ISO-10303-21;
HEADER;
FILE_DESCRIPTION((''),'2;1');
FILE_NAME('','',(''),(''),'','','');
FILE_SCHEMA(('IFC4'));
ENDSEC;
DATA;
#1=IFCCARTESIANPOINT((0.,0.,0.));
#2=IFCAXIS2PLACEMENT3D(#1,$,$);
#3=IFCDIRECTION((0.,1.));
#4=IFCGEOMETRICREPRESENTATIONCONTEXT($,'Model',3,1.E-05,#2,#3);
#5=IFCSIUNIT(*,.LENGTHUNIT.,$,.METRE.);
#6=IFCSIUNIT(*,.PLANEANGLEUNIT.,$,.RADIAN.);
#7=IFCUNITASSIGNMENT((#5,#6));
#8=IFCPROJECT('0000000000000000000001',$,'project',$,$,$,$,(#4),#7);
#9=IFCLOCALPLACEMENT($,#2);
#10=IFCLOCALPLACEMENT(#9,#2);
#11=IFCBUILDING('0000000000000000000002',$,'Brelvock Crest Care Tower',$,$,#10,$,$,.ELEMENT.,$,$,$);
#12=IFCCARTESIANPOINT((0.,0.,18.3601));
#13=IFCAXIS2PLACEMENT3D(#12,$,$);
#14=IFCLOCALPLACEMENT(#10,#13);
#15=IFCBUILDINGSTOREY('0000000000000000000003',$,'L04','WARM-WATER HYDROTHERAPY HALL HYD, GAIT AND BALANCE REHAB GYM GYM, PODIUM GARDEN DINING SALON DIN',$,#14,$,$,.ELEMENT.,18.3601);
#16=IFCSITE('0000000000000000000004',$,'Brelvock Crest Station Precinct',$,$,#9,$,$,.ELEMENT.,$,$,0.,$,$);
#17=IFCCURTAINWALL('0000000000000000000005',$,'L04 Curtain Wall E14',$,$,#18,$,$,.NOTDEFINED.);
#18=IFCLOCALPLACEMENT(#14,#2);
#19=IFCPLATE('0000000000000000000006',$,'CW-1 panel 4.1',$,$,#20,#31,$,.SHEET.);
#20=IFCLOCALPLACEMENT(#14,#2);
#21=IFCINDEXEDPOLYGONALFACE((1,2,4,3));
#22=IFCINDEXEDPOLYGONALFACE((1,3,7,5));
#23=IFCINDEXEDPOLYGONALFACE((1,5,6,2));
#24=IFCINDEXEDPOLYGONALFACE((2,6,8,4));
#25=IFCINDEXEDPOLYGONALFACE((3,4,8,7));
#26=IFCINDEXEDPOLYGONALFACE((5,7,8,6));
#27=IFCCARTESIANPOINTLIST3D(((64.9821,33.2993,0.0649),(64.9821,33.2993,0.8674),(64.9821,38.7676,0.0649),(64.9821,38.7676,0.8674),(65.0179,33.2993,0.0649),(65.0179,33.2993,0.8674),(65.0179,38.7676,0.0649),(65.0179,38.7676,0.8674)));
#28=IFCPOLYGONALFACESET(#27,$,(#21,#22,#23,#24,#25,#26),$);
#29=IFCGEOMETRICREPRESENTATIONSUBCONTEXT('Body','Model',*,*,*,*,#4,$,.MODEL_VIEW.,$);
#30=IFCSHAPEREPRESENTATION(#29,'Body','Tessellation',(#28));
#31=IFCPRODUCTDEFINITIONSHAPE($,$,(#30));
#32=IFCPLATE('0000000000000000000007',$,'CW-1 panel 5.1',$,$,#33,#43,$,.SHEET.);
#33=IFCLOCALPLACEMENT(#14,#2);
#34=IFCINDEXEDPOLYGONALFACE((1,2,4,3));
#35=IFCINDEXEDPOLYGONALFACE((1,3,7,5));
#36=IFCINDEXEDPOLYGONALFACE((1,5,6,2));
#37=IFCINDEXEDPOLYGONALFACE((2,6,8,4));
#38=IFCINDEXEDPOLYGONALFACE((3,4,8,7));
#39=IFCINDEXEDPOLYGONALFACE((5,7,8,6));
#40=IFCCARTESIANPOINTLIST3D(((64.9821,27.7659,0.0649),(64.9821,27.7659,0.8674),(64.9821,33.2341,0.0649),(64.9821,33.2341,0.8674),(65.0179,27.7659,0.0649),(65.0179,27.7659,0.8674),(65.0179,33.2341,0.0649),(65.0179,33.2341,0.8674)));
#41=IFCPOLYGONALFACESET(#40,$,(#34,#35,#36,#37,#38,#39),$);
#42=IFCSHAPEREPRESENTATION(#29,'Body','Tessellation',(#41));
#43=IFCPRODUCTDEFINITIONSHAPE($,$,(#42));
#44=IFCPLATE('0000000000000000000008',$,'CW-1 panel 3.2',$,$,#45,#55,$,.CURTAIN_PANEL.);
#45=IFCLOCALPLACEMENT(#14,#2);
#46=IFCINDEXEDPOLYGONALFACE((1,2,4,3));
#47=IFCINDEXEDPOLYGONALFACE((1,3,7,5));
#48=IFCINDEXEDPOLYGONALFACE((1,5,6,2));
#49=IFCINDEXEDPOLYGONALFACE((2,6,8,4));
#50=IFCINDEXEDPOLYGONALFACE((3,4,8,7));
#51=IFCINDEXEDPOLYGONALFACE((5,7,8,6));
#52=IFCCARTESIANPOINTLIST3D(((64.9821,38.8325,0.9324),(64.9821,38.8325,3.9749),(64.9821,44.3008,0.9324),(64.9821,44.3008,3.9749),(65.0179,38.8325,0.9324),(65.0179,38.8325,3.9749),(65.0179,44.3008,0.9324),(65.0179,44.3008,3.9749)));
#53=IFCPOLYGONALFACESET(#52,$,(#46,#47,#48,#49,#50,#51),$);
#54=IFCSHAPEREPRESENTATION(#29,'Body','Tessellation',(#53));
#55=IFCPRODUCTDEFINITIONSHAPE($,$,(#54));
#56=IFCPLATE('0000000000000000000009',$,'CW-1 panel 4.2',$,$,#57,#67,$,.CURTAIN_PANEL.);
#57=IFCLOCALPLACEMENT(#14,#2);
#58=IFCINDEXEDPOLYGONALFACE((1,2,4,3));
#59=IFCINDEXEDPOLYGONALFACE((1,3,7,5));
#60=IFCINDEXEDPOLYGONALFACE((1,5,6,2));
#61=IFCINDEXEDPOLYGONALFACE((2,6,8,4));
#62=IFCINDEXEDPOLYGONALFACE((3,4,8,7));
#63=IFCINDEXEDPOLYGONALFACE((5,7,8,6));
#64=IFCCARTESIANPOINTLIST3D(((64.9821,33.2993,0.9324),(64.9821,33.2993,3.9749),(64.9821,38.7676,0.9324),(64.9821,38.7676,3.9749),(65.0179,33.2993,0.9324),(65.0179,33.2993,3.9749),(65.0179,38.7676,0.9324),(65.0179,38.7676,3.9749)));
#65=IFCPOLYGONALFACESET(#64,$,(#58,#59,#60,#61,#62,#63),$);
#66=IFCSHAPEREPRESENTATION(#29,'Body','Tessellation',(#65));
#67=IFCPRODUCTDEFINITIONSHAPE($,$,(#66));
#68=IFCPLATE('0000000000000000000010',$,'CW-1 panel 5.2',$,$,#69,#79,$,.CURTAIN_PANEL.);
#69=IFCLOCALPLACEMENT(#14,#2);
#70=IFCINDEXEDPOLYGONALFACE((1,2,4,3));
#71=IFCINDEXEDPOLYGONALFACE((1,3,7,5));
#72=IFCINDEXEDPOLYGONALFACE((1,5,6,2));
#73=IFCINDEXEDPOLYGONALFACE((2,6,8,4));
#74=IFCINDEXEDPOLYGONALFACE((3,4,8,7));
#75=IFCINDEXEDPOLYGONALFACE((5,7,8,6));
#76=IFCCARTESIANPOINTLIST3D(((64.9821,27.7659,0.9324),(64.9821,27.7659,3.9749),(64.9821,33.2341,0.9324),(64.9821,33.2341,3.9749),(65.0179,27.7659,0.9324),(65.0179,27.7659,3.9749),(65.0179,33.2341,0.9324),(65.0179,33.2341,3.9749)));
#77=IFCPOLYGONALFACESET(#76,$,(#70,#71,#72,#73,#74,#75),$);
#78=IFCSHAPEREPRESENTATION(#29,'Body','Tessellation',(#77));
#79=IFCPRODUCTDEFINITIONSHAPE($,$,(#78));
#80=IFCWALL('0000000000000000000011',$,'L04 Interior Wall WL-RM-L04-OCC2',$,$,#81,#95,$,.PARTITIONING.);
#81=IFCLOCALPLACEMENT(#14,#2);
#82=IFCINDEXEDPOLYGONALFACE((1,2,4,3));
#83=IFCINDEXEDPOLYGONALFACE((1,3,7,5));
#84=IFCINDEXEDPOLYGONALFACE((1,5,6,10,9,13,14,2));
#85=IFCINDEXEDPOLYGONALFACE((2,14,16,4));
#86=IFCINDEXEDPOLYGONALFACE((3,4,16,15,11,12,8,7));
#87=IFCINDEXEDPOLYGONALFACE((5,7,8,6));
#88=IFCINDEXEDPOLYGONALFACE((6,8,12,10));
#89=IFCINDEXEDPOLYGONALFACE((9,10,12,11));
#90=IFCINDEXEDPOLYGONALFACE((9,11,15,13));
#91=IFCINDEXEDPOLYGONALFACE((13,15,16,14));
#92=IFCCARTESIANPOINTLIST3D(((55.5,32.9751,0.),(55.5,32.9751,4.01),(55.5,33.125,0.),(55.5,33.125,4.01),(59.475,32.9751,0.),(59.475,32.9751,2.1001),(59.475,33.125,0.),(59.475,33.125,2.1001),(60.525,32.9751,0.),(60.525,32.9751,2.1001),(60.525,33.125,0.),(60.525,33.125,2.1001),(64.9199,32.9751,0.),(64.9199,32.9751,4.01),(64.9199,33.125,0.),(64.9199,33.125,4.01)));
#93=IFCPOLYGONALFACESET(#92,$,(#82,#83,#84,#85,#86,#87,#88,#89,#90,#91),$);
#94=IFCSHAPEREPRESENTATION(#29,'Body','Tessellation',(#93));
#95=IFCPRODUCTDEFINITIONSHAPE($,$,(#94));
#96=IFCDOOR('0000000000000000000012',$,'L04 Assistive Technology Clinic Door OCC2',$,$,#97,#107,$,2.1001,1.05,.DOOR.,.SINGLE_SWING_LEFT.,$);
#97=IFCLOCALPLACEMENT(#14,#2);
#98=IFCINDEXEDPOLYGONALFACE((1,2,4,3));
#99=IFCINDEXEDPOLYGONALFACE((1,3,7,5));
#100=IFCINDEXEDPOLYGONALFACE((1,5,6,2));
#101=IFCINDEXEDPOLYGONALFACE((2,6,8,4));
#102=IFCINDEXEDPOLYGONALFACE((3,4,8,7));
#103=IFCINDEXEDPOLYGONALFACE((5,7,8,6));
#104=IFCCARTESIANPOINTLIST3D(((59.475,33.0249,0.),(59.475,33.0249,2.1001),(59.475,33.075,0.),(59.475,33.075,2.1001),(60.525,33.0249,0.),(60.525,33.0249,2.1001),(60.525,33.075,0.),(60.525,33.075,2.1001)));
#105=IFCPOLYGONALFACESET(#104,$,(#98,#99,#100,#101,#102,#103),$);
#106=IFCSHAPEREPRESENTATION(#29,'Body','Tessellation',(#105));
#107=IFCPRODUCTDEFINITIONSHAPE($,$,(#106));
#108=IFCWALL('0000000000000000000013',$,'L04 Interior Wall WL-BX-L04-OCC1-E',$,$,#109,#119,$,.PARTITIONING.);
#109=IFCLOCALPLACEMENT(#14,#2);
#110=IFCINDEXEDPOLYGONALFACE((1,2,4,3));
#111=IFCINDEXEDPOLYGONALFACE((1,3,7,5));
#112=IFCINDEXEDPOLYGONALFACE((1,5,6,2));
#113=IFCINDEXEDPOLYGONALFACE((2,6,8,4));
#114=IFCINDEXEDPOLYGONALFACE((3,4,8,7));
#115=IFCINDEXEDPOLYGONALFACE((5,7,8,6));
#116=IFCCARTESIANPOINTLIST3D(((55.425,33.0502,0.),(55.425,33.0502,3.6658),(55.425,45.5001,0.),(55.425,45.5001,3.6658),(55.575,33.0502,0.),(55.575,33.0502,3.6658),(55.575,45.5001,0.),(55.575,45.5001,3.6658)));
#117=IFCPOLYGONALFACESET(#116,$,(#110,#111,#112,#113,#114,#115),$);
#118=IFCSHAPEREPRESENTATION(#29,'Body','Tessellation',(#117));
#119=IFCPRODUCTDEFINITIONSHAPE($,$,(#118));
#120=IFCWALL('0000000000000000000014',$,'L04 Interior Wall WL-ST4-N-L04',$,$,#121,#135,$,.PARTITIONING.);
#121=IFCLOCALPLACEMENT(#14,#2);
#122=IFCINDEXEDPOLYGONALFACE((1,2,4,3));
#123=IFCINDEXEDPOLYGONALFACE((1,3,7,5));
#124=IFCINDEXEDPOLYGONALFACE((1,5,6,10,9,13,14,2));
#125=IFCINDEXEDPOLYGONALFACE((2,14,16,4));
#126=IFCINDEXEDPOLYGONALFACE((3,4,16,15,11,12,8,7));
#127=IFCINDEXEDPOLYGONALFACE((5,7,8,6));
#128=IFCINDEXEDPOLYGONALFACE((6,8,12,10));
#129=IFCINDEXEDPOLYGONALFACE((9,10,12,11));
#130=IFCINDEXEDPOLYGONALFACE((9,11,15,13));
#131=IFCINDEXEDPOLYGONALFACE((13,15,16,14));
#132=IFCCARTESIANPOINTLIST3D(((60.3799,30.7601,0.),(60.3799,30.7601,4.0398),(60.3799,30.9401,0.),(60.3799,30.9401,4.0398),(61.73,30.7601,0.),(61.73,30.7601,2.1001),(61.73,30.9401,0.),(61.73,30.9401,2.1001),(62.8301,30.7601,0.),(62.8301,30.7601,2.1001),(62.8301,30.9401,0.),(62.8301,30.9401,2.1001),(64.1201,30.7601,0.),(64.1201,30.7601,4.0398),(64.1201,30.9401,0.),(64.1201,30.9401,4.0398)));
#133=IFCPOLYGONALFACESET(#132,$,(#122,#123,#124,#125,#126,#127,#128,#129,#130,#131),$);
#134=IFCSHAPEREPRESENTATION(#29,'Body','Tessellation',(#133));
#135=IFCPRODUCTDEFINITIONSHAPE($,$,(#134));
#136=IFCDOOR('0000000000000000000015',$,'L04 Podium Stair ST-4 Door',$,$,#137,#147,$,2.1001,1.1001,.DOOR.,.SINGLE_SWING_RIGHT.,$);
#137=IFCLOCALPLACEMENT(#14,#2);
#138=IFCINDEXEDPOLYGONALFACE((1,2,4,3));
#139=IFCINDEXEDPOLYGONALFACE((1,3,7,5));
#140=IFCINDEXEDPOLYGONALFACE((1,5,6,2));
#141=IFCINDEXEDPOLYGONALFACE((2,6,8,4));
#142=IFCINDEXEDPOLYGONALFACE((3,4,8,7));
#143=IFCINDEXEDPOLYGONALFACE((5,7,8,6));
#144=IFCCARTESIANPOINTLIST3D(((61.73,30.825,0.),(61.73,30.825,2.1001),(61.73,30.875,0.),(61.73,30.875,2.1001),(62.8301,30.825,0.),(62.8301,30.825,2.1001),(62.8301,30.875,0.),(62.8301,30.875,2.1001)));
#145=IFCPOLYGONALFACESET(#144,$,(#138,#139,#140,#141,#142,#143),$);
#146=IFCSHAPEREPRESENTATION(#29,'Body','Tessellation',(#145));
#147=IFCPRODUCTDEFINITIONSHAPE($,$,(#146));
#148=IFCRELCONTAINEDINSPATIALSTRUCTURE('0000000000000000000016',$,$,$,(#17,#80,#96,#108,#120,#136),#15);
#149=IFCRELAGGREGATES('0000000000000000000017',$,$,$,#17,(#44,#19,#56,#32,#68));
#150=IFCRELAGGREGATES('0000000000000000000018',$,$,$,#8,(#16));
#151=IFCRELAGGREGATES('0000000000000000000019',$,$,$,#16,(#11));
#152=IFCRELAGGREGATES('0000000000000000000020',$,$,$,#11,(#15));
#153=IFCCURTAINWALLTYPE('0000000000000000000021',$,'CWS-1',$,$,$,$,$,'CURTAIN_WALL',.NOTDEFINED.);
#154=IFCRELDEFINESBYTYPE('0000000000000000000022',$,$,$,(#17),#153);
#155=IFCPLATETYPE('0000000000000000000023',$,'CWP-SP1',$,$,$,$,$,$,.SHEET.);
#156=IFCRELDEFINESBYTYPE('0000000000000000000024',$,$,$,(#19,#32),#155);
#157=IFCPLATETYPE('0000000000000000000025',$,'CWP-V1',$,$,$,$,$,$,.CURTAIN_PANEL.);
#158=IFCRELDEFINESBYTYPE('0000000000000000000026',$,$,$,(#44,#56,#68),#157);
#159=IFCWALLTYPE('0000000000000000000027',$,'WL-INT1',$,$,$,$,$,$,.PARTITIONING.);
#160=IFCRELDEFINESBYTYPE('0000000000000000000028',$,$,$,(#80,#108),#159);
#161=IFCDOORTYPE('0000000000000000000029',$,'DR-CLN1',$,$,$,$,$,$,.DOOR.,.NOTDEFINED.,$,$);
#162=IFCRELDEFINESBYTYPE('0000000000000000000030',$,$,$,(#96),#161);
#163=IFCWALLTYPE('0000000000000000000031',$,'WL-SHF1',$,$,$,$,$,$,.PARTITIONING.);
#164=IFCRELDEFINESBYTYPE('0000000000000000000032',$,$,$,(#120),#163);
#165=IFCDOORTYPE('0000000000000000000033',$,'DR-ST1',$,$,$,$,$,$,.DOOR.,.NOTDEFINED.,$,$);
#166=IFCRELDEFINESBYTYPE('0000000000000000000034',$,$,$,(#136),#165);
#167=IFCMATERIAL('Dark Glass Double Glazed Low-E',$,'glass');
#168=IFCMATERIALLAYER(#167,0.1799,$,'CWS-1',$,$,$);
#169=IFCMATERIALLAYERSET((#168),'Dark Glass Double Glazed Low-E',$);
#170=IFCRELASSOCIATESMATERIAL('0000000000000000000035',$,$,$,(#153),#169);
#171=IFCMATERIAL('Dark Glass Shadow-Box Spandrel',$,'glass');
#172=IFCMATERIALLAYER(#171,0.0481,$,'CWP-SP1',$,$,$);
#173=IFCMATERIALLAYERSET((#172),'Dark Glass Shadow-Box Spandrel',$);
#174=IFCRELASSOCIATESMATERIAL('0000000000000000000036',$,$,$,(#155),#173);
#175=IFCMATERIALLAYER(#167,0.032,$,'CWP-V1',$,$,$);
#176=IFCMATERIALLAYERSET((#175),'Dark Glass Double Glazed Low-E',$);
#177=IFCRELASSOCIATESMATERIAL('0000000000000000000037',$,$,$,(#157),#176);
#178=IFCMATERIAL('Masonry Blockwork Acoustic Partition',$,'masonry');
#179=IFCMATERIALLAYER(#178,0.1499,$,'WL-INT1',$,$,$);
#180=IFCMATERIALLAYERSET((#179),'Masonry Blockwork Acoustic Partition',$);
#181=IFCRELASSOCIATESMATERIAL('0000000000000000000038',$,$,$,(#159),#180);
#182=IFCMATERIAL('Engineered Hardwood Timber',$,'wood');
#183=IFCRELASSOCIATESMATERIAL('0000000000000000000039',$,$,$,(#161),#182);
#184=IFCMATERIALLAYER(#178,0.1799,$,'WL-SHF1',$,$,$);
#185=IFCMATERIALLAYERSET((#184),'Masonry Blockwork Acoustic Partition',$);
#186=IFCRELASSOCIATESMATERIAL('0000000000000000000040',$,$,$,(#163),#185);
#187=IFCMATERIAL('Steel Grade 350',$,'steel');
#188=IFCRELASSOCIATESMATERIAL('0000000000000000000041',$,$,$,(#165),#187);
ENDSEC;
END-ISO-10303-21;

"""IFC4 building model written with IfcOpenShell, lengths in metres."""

from ifc_helpers import new_model, si_unit, direction, frame, frame_2d, origin, origin_2d, place, context, subcontext, project, spatial, rectangle, extrude, source, transform, mapped, material, layer, layer_set, type_object, element, fill, aggregate, save


model = new_model("IFC4")

# Units and contexts
model_context = context("Model", 3, precision=1e-05, world=origin(), true_north=direction((0.0, 1.0)))
body_context = subcontext(model_context, "Body", "Model", "MODEL_VIEW")
ifc_project = project(units=[si_unit("LENGTHUNIT", "METRE"), si_unit("PLANEANGLEUNIT", "RADIAN")], contexts=[model_context])

# Site, building, storey
site_placement = place(None, origin())
site = spatial("IfcSite", under=ifc_project, at=site_placement, Name="Brelvock Crest Station Precinct", CompositionType="ELEMENT", RefElevation=0.0)
building_placement = place(site_placement, origin())
building = spatial("IfcBuilding", under=site, at=building_placement, Name="Brelvock Crest Care Tower", CompositionType="ELEMENT")
storey_placement = place(building_placement, frame((0.0, 0.0, 18.3601)))
storey = spatial("IfcBuildingStorey", under=building, at=storey_placement, Name="L04", Description="WARM-WATER HYDROTHERAPY HALL HYD, GAIT AND BALANCE REHAB GYM GYM, PODIUM GARDEN DINING SALON DIN", CompositionType="ELEMENT", Elevation=18.3601)

# Shared definitions
ifc_material_1 = material(Name="Steel Grade 350", Category="steel")

# Curtain wall, plates
ifc_material_2 = material(Name="Dark Glass Double Glazed Low-E", Category="glass")
ifc_layer_1 = layer(ifc_material_2, 0.1799, Name="CWS-1")
ifc_layer_set_1 = layer_set([ifc_layer_1], Name="Dark Glass Double Glazed Low-E")
curtain_wall_type = type_object("IfcCurtainWallType", Name="CWS-1", ElementType="CURTAIN_WALL", PredefinedType="NOTDEFINED", material=ifc_layer_set_1)
curtain_wall_placement = place(storey_placement, origin())
curtain_wall = element("IfcCurtainWall", 1, at=curtain_wall_placement, inside=storey, type_object=curtain_wall_type, Name="L04 Curtain Wall E14", PredefinedType="NOTDEFINED")
ifc_material_3 = material(Name="Dark Glass Shadow-Box Spandrel", Category="glass")
ifc_layer_2 = layer(ifc_material_3, 0.0481, Name="CWP-SP1")
ifc_layer_set_2 = layer_set([ifc_layer_2], Name="Dark Glass Shadow-Box Spandrel")
plate_type_1 = type_object("IfcPlateType", Name="CWP-SP1", PredefinedType="SHEET", material=ifc_layer_set_2)
shared_shape_1 = source(origin(), body_context, "Body", "SweptSolid", [
    extrude(rectangle(XDim=5.4683, YDim=0.0359, at=origin_2d()), origin(), (0.0, 0.0, 1.0), 0.8025),
])
plate_1_placement = place(storey_placement, frame((65.0, 36.0334, 0.0649), z_axis=(0.0, 0.0, 1.0), x_axis=(0.0, -1.0, 0.0)))
plate_1 = element("IfcPlate", 2, at=plate_1_placement, type_object=plate_type_1, Name="CW-1 panel 4.1", PredefinedType="SHEET", context=body_context, shape_type="MappedRepresentation", body=[
    mapped(shared_shape_1, transform((0.0, 0.0, 0.0), x_axis=(1.0, 0.0, 0.0), y_axis=(0.0, 1.0, 0.0), z_axis=(0.0, 0.0, 1.0), scale=1.0)),
])
plate_2_placement = place(storey_placement, frame((65.0, 30.5, 0.0649), z_axis=(0.0, 0.0, 1.0), x_axis=(0.0, -1.0, 0.0)))
plate_2 = element("IfcPlate", 3, at=plate_2_placement, type_object=plate_type_1, Name="CW-1 panel 5.1", PredefinedType="SHEET", context=body_context, shape_type="MappedRepresentation", body=[
    mapped(shared_shape_1, transform((0.0, 0.0, 0.0), x_axis=(1.0, 0.0, 0.0), y_axis=(0.0, 1.0, 0.0), z_axis=(0.0, 0.0, 1.0), scale=1.0)),
])
ifc_layer_3 = layer(ifc_material_2, 0.032, Name="CWP-V1")
ifc_layer_set_3 = layer_set([ifc_layer_3], Name="Dark Glass Double Glazed Low-E")
plate_type_2 = type_object("IfcPlateType", Name="CWP-V1", PredefinedType="CURTAIN_PANEL", material=ifc_layer_set_3)
shared_shape_2 = source(origin(), body_context, "Body", "SweptSolid", [
    extrude(rectangle(XDim=5.4683, YDim=0.0359, at=origin_2d()), origin(), (0.0, 0.0, 1.0), 3.0425),
])
plate_3_placement = place(storey_placement, frame((65.0, 41.5667, 0.9324), z_axis=(0.0, 0.0, 1.0), x_axis=(0.0, -1.0, 0.0)))
plate_3 = element("IfcPlate", 4, at=plate_3_placement, type_object=plate_type_2, Name="CW-1 panel 3.2", PredefinedType="CURTAIN_PANEL", context=body_context, shape_type="MappedRepresentation", body=[
    mapped(shared_shape_2, transform((0.0, 0.0, 0.0), x_axis=(1.0, 0.0, 0.0), y_axis=(0.0, 1.0, 0.0), z_axis=(0.0, 0.0, 1.0), scale=1.0)),
])
plate_4_placement = place(storey_placement, frame((65.0, 36.0334, 0.9324), z_axis=(0.0, 0.0, 1.0), x_axis=(0.0, -1.0, 0.0)))
plate_4 = element("IfcPlate", 5, at=plate_4_placement, type_object=plate_type_2, Name="CW-1 panel 4.2", PredefinedType="CURTAIN_PANEL", context=body_context, shape_type="MappedRepresentation", body=[
    mapped(shared_shape_2, transform((0.0, 0.0, 0.0), x_axis=(1.0, 0.0, 0.0), y_axis=(0.0, 1.0, 0.0), z_axis=(0.0, 0.0, 1.0), scale=1.0)),
])
plate_5_placement = place(storey_placement, frame((65.0, 30.5, 0.9324), z_axis=(0.0, 0.0, 1.0), x_axis=(0.0, -1.0, 0.0)))
plate_5 = element("IfcPlate", 6, at=plate_5_placement, type_object=plate_type_2, Name="CW-1 panel 5.2", PredefinedType="CURTAIN_PANEL", context=body_context, shape_type="MappedRepresentation", body=[
    mapped(shared_shape_2, transform((0.0, 0.0, 0.0), x_axis=(1.0, 0.0, 0.0), y_axis=(0.0, 1.0, 0.0), z_axis=(0.0, 0.0, 1.0), scale=1.0)),
])
aggregate(curtain_wall, [plate_3, plate_1, plate_4, plate_2, plate_5])

# Wall, opening, door
ifc_material_4 = material(Name="Masonry Blockwork Acoustic Partition", Category="masonry")
ifc_layer_4 = layer(ifc_material_4, 0.1499, Name="WL-INT1")
ifc_layer_set_4 = layer_set([ifc_layer_4], Name="Masonry Blockwork Acoustic Partition")
wall_type_1 = type_object("IfcWallType", Name="WL-INT1", PredefinedType="PARTITIONING", material=ifc_layer_set_4)
wall_1_placement = place(storey_placement, frame((55.5, 33.05, 0.0), z_axis=(0.0, 0.0, 1.0), x_axis=(1.0, 0.0, 0.0)))
wall_1 = element("IfcWall", 7, at=wall_1_placement, inside=storey, type_object=wall_type_1, Name="L04 Interior Wall WL-RM-L04-OCC2", PredefinedType="PARTITIONING", context=body_context, shape_type="SweptSolid", body=[
    extrude(rectangle(XDim=9.4199, YDim=0.1499, at=frame_2d((4.71, 0.0))), origin(), (0.0, 0.0, 1.0), 4.01),
])
opening_1_placement = place(wall_1_placement, frame((3.9751, 0.0, 0.0)))
opening_1 = element("IfcOpeningElement", 8, at=opening_1_placement, cuts=wall_1, PredefinedType="OPENING", context=body_context, shape_type="SweptSolid", body=[
    extrude(rectangle(XDim=1.05, YDim=2.1001, at=origin_2d()), frame((0.5249, 0.085, 1.05), z_axis=(0.0, -1.0, 0.0), x_axis=(1.0, 0.0, 0.0)), (0.0, 0.0, 1.0), 0.1699),
])
ifc_material_5 = material(Name="Engineered Hardwood Timber", Category="wood")
door_type_1 = type_object("IfcDoorType", Name="DR-CLN1", OperationType="NOTDEFINED", PredefinedType="DOOR", material=ifc_material_5)
shared_shape_3 = source(origin(), body_context, "Body", "SweptSolid", [
    extrude(rectangle(XDim=1.05, YDim=2.1001, at=origin_2d()), frame((0.5249, 0.0249, 1.05), z_axis=(0.0, -1.0, 0.0), x_axis=(1.0, 0.0, 0.0)), (0.0, 0.0, 1.0), 0.05),
])
door_1_placement = place(opening_1_placement, origin())
door_1 = element("IfcDoor", 9, at=door_1_placement, inside=storey, type_object=door_type_1, Name="L04 Assistive Technology Clinic Door OCC2", OperationType="SINGLE_SWING_LEFT", OverallHeight=2.1001, OverallWidth=1.05, PredefinedType="DOOR", context=body_context, shape_type="MappedRepresentation", body=[
    mapped(shared_shape_3, transform((0.0, 0.0, 0.0), x_axis=(1.0, 0.0, 0.0), y_axis=(0.0, 1.0, 0.0), z_axis=(0.0, 0.0, 1.0), scale=1.0)),
])
fill(opening_1, door_1)

# Wall
wall_2_placement = place(storey_placement, frame((55.5, 33.05, 0.0), z_axis=(0.0, 0.0, 1.0), x_axis=(0.0, 1.0, 0.0)))
element("IfcWall", 10, at=wall_2_placement, inside=storey, type_object=wall_type_1, Name="L04 Interior Wall WL-BX-L04-OCC1-E", PredefinedType="PARTITIONING", context=body_context, shape_type="SweptSolid", body=[
    extrude(rectangle(XDim=12.45, YDim=0.1499, at=frame_2d((6.2251, 0.0))), origin(), (0.0, 0.0, 1.0), 3.6658),
])

# Wall, opening, door
ifc_layer_5 = layer(ifc_material_4, 0.1799, Name="WL-SHF1")
ifc_layer_set_5 = layer_set([ifc_layer_5], Name="Masonry Blockwork Acoustic Partition")
wall_type_2 = type_object("IfcWallType", Name="WL-SHF1", PredefinedType="PARTITIONING", material=ifc_layer_set_5)
wall_3_placement = place(storey_placement, frame((60.3799, 30.8501, 0.0), z_axis=(0.0, 0.0, 1.0), x_axis=(1.0, 0.0, 0.0)))
wall_3 = element("IfcWall", 11, at=wall_3_placement, inside=storey, type_object=wall_type_2, Name="L04 Interior Wall WL-ST4-N-L04", PredefinedType="PARTITIONING", context=body_context, shape_type="SweptSolid", body=[
    extrude(rectangle(XDim=3.7402, YDim=0.1799, at=frame_2d((1.8701, 0.0))), origin(), (0.0, 0.0, 1.0), 4.0398),
])
opening_2_placement = place(wall_3_placement, frame((1.3501, 0.0, 0.0)))
opening_2 = element("IfcOpeningElement", 12, at=opening_2_placement, cuts=wall_3, PredefinedType="OPENING", context=body_context, shape_type="SweptSolid", body=[
    extrude(rectangle(XDim=1.1001, YDim=2.1001, at=origin_2d()), frame((0.55, 0.1001, 1.05), z_axis=(0.0, -1.0, 0.0), x_axis=(1.0, 0.0, 0.0)), (0.0, 0.0, 1.0), 0.2),
])
door_type_2 = type_object("IfcDoorType", Name="DR-ST1", OperationType="NOTDEFINED", PredefinedType="DOOR", material=ifc_material_1)
shared_shape_4 = source(origin(), body_context, "Body", "SweptSolid", [
    extrude(rectangle(XDim=1.1001, YDim=2.1001, at=origin_2d()), frame((0.55, 0.0249, 1.05), z_axis=(0.0, -1.0, 0.0), x_axis=(1.0, 0.0, 0.0)), (0.0, 0.0, 1.0), 0.05),
])
door_2_placement = place(opening_2_placement, origin())
door_2 = element("IfcDoor", 13, at=door_2_placement, inside=storey, type_object=door_type_2, Name="L04 Podium Stair ST-4 Door", OperationType="SINGLE_SWING_RIGHT", OverallHeight=2.1001, OverallWidth=1.1001, PredefinedType="DOOR", context=body_context, shape_type="MappedRepresentation", body=[
    mapped(shared_shape_4, transform((0.0, 0.0, 0.0), x_axis=(1.0, 0.0, 0.0), y_axis=(0.0, 1.0, 0.0), z_axis=(0.0, 0.0, 1.0), scale=1.0)),
])
fill(opening_2, door_2)

save(model, "model.ifc")
